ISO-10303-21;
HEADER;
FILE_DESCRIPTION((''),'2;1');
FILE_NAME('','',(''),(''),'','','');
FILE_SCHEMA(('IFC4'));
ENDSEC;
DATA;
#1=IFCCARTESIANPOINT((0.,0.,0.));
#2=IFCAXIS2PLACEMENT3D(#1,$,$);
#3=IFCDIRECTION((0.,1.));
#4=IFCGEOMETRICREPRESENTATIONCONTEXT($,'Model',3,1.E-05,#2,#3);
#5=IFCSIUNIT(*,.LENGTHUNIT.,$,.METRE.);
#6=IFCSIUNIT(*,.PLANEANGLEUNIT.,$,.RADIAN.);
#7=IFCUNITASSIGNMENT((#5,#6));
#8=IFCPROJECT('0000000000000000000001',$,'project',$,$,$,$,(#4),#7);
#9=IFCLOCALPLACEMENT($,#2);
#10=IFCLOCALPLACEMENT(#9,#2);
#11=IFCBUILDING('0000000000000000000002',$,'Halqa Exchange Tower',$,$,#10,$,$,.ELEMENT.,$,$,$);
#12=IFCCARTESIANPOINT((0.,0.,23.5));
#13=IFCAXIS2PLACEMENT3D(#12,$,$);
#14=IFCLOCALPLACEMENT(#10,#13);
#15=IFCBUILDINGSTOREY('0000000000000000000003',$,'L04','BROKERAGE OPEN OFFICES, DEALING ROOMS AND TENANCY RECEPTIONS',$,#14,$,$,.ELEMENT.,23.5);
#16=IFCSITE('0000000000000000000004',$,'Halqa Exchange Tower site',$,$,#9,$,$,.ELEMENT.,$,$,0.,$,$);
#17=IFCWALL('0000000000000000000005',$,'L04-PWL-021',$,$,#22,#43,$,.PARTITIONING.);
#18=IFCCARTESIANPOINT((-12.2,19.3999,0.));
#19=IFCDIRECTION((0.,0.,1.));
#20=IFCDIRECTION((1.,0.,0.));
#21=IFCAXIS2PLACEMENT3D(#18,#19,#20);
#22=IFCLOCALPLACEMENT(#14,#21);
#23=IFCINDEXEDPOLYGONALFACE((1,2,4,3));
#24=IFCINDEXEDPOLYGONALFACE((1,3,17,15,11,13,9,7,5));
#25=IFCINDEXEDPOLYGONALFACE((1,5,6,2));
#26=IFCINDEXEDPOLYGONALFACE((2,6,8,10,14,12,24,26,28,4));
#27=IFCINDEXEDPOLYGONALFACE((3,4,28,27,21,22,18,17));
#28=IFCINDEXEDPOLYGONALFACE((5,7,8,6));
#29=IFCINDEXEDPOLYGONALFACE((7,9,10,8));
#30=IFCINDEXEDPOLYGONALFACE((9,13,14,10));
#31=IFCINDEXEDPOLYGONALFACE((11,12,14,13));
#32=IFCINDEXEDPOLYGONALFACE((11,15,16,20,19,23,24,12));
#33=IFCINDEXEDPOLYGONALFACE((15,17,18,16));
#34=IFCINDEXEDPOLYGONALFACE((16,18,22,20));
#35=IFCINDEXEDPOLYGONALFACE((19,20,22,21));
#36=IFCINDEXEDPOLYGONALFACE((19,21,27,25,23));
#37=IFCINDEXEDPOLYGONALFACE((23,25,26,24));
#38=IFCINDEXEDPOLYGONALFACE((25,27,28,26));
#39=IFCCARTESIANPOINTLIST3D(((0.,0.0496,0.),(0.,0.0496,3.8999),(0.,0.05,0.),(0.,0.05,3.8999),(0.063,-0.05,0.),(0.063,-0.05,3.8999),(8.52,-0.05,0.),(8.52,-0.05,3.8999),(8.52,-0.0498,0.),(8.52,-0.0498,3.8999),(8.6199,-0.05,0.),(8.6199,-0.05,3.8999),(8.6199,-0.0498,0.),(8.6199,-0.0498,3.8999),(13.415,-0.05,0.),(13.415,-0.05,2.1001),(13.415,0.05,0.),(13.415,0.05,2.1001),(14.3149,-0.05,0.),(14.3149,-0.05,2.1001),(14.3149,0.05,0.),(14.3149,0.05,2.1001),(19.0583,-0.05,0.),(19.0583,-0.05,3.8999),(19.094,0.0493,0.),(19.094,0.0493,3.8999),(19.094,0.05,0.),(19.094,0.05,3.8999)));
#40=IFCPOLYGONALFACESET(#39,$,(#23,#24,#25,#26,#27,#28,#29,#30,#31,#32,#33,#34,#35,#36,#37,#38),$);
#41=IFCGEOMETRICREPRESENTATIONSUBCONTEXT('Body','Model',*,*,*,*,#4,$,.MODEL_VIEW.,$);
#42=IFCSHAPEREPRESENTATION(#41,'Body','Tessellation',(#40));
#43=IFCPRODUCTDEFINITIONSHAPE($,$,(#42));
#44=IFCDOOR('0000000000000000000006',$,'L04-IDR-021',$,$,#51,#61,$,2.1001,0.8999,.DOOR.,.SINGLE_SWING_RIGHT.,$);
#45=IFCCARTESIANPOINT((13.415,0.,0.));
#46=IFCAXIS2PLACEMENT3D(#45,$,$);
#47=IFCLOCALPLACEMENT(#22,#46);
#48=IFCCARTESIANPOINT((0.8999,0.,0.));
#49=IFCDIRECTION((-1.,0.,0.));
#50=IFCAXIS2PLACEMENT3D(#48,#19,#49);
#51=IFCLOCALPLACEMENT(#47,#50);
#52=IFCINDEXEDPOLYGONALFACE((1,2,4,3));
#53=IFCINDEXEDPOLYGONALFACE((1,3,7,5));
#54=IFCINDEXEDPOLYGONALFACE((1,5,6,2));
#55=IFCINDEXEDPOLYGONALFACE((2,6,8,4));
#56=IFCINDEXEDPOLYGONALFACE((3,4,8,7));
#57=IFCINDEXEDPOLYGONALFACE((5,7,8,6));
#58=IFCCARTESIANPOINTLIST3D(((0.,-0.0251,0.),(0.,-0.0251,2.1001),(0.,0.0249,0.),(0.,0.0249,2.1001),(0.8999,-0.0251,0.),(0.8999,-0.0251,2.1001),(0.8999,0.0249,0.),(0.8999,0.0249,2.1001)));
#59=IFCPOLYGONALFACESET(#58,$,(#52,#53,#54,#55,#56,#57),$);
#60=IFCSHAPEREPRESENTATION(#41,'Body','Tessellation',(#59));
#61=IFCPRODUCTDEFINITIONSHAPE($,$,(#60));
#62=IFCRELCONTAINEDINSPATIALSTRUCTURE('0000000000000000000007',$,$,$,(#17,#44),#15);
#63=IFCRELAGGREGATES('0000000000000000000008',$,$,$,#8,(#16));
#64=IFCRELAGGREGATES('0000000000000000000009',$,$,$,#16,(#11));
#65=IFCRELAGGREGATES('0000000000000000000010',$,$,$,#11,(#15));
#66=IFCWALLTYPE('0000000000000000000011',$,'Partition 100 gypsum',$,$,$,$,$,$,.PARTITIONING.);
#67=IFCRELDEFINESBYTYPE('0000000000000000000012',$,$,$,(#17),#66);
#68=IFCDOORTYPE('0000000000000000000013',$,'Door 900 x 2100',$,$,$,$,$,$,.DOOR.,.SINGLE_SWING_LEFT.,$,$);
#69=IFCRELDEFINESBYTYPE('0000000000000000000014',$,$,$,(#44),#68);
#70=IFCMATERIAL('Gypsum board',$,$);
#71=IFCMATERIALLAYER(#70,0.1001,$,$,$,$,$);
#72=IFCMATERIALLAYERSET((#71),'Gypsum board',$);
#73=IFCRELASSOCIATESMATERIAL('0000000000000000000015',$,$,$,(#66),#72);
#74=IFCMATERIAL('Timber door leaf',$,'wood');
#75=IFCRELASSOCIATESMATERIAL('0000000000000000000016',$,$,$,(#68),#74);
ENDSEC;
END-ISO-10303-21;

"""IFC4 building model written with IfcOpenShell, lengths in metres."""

from ifc_helpers import new_model, si_unit, direction, frame, frame_2d, origin, place, context, subcontext, project, spatial, polyline, rectangle, outline, extrude, material, layer, layer_set, type_object, element, fill, save


model = new_model("IFC4")

# Units and contexts
model_context = context("Model", 3, precision=1e-05, world=origin(), true_north=direction((0.0, 1.0)))
body_context = subcontext(model_context, "Body", "Model", "MODEL_VIEW")
ifc_project = project(units=[si_unit("LENGTHUNIT", "METRE"), si_unit("PLANEANGLEUNIT", "RADIAN")], contexts=[model_context])

# Site, building, storey
site_placement = place(None, origin())
site = spatial("IfcSite", under=ifc_project, at=site_placement, Name="Halqa Exchange Tower site", CompositionType="ELEMENT", RefElevation=0.0)
building_placement = place(site_placement, origin())
building = spatial("IfcBuilding", under=site, at=building_placement, Name="Halqa Exchange Tower", CompositionType="ELEMENT")
storey_placement = place(building_placement, frame((0.0, 0.0, 23.5)))
storey = spatial("IfcBuildingStorey", under=building, at=storey_placement, Name="L04", Description="BROKERAGE OPEN OFFICES, DEALING ROOMS AND TENANCY RECEPTIONS", CompositionType="ELEMENT", Elevation=23.5)

# Shared definitions
ifc_material_1 = material(Name="Gypsum board")
ifc_layer_1 = layer(ifc_material_1, 0.1001)
ifc_layer_set_1 = layer_set([ifc_layer_1], Name="Gypsum board")
wall_type_1 = type_object("IfcWallType", Name="Partition 100 gypsum", PredefinedType="PARTITIONING", material=ifc_layer_set_1)

# Wall, opening, door
wall_1_placement = place(storey_placement, frame((-12.2, 19.3999, 0.0), z_axis=(0.0, 0.0, 1.0), x_axis=(1.0, 0.0, 0.0)))
wall_1 = element("IfcWall", 1, at=wall_1_placement, inside=storey, type_object=wall_type_1, Name="L04-PWL-021", PredefinedType="PARTITIONING", context=body_context, shape_type="SweptSolid", body=[
    extrude(outline(polyline([(0.063, -0.05), (1.7544, -0.05), (3.4458, -0.05), (5.1372, -0.05), (6.8286, -0.05), (8.52, -0.05), (8.52, -0.0498), (8.6199, -0.0498), (8.6199, -0.05), (10.3596, -0.05), (12.0994, -0.05), (13.8391, -0.05), (15.5789, -0.05), (17.3186, -0.05), (19.0583, -0.05), (19.094, 0.0493), (19.094, 0.05), (17.1846, 0.05), (15.2751, 0.05), (13.3657, 0.05), (11.4563, 0.05), (9.5469, 0.05), (7.6377, 0.05), (5.7283, 0.05), (3.8188, 0.05), (1.9094, 0.05), (0.0, 0.05), (0.0, 0.0496), (0.063, -0.05)])), origin(), (0.0, 0.0, 1.0), 3.8999),
])
opening_1_placement = place(wall_1_placement, frame((13.415, 0.0, 0.0)))
opening_1 = element("IfcOpeningElement", 2, at=opening_1_placement, cuts=wall_1, PredefinedType="OPENING", context=body_context, shape_type="SweptSolid", body=[
    extrude(rectangle(XDim=0.8999, YDim=2.1001, at=frame_2d((0.45, 1.05))), frame((0.0, 0.062, 0.0), z_axis=(0.0, -1.0, 0.0), x_axis=(1.0, 0.0, 0.0)), (0.0, 0.0, 1.0), 0.124),
])
ifc_material_2 = material(Name="Timber door leaf", Category="wood")
door_type_1 = type_object("IfcDoorType", Name="Door 900 x 2100", OperationType="SINGLE_SWING_LEFT", PredefinedType="DOOR", material=ifc_material_2)
door_1_placement = place(opening_1_placement, frame((0.8999, 0.0, 0.0), z_axis=(0.0, 0.0, 1.0), x_axis=(-1.0, 0.0, 0.0)))
door_1 = element("IfcDoor", 3, at=door_1_placement, inside=storey, type_object=door_type_1, Name="L04-IDR-021", OperationType="SINGLE_SWING_RIGHT", OverallHeight=2.1001, OverallWidth=0.8999, PredefinedType="DOOR", context=body_context, shape_type="SweptSolid", body=[
    extrude(rectangle(XDim=0.8999, YDim=2.1001, at=frame_2d((0.45, 1.05))), frame((0.0, 0.0249, 0.0), z_axis=(0.0, -1.0, 0.0), x_axis=(1.0, 0.0, 0.0)), (0.0, 0.0, 1.0), 0.05),
])
fill(opening_1, door_1)

save(model, "model.ifc")
